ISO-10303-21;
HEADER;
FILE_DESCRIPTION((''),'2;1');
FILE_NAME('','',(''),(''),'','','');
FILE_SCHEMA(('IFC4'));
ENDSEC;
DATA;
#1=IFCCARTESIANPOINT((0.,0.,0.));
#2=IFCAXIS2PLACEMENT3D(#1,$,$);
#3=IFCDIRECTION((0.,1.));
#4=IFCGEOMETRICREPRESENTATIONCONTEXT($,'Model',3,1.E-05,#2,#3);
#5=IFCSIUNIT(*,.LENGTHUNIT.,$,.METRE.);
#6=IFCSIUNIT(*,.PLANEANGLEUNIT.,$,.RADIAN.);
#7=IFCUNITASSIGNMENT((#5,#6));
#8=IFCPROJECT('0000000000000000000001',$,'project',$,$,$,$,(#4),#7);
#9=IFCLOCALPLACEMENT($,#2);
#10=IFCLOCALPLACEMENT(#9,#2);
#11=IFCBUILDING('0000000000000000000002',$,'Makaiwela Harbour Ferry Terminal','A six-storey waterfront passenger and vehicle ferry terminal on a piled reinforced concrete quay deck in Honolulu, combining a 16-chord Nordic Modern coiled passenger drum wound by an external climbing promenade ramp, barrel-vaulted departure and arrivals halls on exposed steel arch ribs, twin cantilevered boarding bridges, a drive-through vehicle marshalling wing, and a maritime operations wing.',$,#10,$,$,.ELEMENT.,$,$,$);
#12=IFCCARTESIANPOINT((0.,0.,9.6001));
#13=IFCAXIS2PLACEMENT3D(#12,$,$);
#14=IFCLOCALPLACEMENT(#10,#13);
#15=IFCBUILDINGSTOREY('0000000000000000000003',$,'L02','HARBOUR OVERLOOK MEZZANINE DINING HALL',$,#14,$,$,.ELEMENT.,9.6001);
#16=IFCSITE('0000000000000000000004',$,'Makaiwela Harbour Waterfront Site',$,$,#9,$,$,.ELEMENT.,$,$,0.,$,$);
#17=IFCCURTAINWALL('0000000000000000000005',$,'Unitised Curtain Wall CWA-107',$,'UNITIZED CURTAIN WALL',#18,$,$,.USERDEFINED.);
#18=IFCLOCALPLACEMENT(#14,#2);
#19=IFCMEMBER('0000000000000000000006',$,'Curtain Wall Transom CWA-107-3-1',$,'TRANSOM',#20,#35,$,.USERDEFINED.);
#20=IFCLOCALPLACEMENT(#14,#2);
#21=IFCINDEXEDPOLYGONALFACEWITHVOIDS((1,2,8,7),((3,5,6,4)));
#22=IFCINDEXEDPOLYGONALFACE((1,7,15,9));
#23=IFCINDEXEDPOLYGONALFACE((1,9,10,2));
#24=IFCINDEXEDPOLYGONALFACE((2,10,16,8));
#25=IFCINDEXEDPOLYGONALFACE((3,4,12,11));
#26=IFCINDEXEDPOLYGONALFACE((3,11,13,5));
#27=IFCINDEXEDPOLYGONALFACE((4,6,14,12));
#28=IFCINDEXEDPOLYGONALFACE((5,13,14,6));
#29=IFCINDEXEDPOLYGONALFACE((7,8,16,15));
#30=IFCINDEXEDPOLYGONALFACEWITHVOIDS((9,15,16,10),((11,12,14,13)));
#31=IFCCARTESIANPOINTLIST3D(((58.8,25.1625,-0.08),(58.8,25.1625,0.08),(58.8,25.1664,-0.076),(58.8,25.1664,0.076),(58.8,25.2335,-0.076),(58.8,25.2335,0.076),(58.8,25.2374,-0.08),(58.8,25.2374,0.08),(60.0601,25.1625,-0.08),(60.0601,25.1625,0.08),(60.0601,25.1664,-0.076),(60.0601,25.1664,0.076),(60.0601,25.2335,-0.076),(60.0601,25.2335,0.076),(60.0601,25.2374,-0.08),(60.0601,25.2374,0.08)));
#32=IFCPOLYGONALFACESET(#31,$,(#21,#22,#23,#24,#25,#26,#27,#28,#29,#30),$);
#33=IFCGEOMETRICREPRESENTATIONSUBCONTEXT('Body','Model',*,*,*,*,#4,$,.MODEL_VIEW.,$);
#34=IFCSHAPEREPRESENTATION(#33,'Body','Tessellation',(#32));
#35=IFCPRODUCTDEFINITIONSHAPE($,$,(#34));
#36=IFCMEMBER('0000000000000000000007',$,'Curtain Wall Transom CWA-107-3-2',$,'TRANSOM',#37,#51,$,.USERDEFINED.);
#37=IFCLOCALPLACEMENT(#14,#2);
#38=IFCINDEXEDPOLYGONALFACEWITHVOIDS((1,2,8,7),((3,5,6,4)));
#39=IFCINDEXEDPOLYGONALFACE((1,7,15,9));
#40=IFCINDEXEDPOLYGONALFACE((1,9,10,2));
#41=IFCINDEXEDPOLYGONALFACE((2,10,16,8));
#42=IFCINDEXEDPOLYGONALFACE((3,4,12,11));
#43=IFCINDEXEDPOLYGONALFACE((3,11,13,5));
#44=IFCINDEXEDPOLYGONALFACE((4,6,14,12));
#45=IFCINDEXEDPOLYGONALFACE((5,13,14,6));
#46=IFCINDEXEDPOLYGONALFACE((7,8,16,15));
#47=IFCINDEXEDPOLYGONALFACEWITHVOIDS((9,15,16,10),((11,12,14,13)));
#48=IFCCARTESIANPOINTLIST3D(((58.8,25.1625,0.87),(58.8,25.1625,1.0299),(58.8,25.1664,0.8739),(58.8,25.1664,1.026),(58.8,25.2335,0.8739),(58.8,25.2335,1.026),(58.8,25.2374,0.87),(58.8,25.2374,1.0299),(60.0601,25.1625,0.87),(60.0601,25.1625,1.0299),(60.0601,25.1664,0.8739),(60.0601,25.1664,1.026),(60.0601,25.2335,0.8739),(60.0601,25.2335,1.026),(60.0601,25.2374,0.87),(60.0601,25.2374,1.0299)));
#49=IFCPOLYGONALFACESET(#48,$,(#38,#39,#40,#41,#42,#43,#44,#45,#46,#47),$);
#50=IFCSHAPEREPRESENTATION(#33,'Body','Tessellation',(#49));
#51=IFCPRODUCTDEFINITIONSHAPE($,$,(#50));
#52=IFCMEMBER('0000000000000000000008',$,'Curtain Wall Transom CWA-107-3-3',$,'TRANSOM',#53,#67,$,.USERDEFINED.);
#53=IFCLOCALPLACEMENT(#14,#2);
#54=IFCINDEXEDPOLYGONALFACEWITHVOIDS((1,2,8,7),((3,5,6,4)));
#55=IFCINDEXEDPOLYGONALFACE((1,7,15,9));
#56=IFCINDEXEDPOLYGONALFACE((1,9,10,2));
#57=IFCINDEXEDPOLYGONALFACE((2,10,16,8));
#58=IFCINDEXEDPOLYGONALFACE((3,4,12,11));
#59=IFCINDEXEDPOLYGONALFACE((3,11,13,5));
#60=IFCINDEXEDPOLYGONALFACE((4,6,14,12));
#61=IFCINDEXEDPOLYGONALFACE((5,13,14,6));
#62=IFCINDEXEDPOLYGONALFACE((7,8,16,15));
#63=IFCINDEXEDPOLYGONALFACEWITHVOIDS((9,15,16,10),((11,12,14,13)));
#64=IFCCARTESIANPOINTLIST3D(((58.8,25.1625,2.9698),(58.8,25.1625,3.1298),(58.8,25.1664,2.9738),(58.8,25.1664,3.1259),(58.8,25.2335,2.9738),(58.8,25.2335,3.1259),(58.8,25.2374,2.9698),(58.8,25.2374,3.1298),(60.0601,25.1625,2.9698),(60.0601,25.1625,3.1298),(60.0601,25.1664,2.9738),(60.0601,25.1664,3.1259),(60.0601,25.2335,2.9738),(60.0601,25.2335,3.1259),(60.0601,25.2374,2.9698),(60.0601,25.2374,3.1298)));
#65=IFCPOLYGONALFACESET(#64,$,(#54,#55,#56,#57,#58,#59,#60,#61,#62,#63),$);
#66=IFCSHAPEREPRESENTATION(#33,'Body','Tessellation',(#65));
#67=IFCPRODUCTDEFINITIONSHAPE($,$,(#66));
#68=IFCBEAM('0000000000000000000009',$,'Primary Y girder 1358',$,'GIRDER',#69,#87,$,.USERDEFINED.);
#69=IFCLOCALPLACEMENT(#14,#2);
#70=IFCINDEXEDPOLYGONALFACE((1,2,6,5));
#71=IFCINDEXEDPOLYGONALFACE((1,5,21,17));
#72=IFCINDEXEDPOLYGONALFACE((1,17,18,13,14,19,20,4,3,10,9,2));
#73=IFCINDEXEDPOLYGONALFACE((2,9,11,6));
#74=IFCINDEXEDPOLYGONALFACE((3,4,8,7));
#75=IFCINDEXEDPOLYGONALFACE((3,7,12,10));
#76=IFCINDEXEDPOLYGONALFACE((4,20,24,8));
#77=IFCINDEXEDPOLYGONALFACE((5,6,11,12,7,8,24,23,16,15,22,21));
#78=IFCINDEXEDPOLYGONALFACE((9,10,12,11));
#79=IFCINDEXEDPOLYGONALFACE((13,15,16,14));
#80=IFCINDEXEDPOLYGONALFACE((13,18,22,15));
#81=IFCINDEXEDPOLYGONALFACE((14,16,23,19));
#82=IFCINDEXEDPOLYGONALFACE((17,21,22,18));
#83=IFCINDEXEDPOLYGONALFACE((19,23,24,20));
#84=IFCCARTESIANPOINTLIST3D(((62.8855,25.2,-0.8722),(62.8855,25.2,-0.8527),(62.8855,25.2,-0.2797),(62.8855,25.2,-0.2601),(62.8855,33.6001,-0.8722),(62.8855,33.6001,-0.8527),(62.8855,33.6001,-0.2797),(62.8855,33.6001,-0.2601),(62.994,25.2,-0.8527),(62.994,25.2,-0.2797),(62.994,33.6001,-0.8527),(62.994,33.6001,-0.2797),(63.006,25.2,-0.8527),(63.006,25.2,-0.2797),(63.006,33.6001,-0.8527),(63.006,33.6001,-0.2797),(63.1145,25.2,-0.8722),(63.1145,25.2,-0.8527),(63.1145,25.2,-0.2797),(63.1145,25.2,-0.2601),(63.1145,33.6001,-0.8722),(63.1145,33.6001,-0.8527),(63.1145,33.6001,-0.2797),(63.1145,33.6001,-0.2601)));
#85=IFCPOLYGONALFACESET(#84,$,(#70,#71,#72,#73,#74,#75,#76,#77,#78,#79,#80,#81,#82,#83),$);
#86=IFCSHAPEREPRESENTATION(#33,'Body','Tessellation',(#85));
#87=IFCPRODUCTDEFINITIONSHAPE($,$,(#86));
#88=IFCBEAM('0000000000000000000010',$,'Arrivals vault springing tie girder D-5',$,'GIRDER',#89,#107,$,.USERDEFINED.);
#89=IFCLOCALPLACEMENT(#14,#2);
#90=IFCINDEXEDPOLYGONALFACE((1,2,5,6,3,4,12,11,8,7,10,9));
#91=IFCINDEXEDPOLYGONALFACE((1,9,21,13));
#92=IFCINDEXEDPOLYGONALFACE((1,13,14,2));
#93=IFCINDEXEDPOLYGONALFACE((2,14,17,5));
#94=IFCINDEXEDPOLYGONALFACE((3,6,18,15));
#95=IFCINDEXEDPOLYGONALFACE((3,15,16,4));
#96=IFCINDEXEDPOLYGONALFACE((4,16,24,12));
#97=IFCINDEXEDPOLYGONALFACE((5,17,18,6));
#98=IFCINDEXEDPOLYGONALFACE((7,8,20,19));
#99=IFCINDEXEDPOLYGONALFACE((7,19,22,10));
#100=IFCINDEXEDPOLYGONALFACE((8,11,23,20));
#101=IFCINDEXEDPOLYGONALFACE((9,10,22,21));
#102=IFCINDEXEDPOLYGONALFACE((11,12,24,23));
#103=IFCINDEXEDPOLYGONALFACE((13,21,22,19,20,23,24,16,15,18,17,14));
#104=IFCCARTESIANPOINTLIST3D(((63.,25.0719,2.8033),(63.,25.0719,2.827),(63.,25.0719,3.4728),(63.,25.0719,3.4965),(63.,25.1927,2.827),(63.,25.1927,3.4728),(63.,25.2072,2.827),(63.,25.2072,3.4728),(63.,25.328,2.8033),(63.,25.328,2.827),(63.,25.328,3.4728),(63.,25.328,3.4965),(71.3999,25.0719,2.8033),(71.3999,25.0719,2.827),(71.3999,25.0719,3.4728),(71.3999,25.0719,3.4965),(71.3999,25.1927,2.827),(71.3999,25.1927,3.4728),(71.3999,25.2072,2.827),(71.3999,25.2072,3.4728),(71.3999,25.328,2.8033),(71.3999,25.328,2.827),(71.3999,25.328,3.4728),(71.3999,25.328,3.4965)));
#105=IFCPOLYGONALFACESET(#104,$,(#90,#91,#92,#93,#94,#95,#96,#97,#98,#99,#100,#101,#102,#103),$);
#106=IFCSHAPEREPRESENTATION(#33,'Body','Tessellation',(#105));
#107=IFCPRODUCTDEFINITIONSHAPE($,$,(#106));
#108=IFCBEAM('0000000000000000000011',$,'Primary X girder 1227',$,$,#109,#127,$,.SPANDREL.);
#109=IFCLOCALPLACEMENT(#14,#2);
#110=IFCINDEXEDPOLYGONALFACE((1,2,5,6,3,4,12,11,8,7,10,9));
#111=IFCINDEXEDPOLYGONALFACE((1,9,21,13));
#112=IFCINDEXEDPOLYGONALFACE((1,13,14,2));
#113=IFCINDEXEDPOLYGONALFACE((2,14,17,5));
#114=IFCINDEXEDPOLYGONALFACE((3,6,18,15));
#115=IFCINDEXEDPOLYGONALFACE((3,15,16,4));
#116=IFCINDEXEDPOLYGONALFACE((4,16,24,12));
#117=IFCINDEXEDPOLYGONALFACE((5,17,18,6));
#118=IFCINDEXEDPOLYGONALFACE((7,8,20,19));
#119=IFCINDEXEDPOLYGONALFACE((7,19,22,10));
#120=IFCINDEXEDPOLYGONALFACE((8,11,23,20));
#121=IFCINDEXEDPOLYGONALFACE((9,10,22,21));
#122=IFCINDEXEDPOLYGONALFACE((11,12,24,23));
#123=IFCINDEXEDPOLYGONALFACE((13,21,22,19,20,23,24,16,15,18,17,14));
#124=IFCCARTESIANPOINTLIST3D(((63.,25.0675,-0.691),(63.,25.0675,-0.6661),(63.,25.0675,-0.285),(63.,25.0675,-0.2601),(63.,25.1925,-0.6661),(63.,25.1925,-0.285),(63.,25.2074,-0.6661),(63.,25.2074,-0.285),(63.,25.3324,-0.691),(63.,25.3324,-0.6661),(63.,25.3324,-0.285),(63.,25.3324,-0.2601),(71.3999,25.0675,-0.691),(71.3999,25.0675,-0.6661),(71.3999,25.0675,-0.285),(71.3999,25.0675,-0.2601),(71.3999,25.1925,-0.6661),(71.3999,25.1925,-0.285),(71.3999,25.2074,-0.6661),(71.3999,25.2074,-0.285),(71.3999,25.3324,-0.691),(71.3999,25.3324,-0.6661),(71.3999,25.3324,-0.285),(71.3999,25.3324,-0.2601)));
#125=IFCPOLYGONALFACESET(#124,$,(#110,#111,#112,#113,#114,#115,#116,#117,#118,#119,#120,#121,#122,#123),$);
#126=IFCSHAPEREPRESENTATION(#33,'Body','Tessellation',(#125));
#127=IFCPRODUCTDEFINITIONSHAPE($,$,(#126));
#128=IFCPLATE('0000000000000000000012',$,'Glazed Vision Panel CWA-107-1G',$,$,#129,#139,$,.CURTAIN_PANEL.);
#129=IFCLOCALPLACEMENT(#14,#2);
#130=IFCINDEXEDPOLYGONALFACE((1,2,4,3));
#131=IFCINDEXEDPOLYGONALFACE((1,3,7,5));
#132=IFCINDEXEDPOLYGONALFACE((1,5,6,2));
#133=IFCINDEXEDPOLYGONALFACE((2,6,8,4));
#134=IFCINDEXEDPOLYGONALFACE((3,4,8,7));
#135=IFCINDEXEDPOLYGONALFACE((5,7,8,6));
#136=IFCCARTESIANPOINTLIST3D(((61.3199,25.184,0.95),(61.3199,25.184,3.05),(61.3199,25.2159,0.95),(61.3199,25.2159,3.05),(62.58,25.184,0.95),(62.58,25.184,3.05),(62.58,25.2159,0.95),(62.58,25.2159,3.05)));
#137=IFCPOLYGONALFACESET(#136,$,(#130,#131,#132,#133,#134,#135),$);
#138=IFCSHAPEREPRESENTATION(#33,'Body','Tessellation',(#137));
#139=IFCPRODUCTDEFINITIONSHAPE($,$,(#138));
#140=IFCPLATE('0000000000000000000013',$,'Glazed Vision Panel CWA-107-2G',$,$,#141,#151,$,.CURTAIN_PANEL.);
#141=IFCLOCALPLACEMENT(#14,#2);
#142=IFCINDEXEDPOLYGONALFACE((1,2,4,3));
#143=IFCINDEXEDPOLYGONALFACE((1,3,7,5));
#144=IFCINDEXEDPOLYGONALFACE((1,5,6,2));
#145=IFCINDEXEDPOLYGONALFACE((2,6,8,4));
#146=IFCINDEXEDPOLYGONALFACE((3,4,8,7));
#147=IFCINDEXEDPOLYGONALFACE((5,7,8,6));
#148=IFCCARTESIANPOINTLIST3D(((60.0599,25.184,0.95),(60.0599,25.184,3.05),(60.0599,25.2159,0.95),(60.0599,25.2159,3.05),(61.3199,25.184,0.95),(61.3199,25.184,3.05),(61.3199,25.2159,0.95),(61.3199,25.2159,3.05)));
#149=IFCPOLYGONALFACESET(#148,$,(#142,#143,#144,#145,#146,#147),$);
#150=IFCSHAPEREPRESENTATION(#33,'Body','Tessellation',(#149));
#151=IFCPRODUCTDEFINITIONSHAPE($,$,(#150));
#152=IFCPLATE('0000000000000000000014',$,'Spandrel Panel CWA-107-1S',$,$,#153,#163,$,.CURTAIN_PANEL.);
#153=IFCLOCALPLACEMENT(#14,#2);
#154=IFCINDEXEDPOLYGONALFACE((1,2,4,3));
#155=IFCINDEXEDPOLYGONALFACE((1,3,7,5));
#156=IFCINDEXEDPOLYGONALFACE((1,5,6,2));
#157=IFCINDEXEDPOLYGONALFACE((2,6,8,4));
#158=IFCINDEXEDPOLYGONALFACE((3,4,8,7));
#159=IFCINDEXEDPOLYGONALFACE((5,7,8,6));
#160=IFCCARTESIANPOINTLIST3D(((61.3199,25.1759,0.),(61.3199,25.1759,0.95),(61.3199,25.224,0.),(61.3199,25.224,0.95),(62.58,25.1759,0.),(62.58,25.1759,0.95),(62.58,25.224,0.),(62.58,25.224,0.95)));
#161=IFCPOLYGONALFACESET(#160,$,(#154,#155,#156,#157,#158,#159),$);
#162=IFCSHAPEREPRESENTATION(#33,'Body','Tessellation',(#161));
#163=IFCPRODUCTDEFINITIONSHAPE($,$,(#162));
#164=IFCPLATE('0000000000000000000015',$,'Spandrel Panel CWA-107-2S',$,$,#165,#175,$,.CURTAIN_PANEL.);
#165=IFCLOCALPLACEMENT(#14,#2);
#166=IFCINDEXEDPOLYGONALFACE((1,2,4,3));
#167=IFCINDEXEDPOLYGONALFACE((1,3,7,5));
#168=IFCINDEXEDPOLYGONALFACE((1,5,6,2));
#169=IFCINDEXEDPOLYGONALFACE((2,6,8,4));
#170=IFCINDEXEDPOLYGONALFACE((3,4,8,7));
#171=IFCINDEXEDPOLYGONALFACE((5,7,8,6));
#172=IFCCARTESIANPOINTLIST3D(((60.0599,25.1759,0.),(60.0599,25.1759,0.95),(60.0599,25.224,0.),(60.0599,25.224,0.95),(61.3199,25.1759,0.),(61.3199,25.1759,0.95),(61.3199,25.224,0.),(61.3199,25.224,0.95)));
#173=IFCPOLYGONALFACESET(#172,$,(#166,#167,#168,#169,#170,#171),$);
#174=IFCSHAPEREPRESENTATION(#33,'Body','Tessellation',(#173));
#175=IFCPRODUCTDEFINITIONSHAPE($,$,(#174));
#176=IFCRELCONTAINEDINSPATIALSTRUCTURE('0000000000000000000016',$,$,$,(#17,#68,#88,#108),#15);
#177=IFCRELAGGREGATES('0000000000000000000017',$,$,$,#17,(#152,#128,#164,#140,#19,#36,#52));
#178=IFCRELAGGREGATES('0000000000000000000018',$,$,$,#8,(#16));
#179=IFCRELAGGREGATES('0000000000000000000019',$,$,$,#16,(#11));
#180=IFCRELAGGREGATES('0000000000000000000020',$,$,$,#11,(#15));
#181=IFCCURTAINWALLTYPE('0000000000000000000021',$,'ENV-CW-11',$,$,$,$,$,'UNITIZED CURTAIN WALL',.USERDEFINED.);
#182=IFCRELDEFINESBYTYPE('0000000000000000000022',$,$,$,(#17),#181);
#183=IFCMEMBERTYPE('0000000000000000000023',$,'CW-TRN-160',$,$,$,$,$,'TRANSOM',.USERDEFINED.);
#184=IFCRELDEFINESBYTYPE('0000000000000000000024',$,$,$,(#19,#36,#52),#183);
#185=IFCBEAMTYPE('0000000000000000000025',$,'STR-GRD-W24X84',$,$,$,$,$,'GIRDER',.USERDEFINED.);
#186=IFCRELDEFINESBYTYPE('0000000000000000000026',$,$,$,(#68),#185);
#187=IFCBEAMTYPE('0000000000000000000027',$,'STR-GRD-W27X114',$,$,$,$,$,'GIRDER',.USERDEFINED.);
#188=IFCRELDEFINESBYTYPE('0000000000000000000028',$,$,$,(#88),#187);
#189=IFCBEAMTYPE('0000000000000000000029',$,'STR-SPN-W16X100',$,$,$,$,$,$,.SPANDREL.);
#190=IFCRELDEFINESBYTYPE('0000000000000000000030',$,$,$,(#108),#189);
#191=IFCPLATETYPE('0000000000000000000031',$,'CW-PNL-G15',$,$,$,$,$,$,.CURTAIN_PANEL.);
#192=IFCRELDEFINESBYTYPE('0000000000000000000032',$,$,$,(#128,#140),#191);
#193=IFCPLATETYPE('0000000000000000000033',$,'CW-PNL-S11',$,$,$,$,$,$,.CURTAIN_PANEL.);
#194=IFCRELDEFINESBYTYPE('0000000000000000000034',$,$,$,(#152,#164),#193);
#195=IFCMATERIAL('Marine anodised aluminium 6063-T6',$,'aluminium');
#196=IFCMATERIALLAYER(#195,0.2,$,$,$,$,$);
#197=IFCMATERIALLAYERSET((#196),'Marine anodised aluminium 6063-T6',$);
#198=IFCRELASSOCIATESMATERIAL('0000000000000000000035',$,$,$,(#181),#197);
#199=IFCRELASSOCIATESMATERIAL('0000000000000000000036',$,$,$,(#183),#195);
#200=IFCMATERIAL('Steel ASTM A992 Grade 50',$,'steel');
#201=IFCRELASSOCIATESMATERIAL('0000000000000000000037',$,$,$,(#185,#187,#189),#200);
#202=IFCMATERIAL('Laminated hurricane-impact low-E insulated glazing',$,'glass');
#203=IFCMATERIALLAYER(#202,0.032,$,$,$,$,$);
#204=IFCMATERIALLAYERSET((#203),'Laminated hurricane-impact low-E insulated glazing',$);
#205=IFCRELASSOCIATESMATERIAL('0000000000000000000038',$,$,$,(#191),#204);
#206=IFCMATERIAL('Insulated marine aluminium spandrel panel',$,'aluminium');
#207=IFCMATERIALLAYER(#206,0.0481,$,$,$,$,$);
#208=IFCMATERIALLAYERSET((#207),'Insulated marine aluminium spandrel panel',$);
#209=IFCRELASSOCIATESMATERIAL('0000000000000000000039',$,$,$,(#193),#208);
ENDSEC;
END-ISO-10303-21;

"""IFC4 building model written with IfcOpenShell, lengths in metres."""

from ifc_helpers import new_model, si_unit, direction, frame, origin, origin_2d, place, context, subcontext, project, spatial, rectangle, hollow_rectangle, i_section, extrude, material, layer, layer_set, material_profile, profile_set, type_object, element, aggregate, save


model = new_model("IFC4")

# Units and contexts
model_context = context("Model", 3, precision=1e-05, world=origin(), true_north=direction((0.0, 1.0)))
body_context = subcontext(model_context, "Body", "Model", "MODEL_VIEW")
ifc_project = project(units=[si_unit("LENGTHUNIT", "METRE"), si_unit("PLANEANGLEUNIT", "RADIAN")], contexts=[model_context])

# Site, building, storey
site_placement = place(None, origin())
site = spatial("IfcSite", under=ifc_project, at=site_placement, Name="Makaiwela Harbour Waterfront Site", CompositionType="ELEMENT", RefElevation=0.0)
building_placement = place(site_placement, origin())
building = spatial("IfcBuilding", under=site, at=building_placement, Name="Makaiwela Harbour Ferry Terminal", Description="A six-storey waterfront passenger and vehicle ferry terminal on a piled reinforced concrete quay deck in Honolulu, combining a 16-chord Nordic Modern coiled passenger drum wound by an external climbing promenade ramp, barrel-vaulted departure and arrivals halls on exposed steel arch ribs, twin cantilevered boarding bridges, a drive-through vehicle marshalling wing, and a maritime operations wing.", CompositionType="ELEMENT")
storey_placement = place(building_placement, frame((0.0, 0.0, 9.6001)))
storey = spatial("IfcBuildingStorey", under=building, at=storey_placement, Name="L02", Description="HARBOUR OVERLOOK MEZZANINE DINING HALL", CompositionType="ELEMENT", Elevation=9.6001)

# Shared definitions
ifc_material_1 = material(Name="Steel ASTM A992 Grade 50", Category="steel")

# Curtain wall, members
ifc_material_2 = material(Name="Marine anodised aluminium 6063-T6", Category="aluminium")
ifc_layer_1 = layer(ifc_material_2, 0.2)
ifc_layer_set_1 = layer_set([ifc_layer_1], Name="Marine anodised aluminium 6063-T6")
curtain_wall_type = type_object("IfcCurtainWallType", Name="ENV-CW-11", ElementType="UNITIZED CURTAIN WALL", PredefinedType="USERDEFINED", material=ifc_layer_set_1)
curtain_wall_placement = place(storey_placement, origin())
curtain_wall = element("IfcCurtainWall", 1, at=curtain_wall_placement, inside=storey, type_object=curtain_wall_type, Name="Unitised Curtain Wall CWA-107", ObjectType="UNITIZED CURTAIN WALL", PredefinedType="USERDEFINED")
ifc_material_profile_1 = material_profile(ifc_material_2, hollow_rectangle(XDim=0.075, YDim=0.1599, WallThickness=0.0039, at=origin_2d()), Name="CWT-160X75")
ifc_profile_set_1 = profile_set([ifc_material_profile_1], Name="Marine anodised aluminium 6063-T6")
member_type_1 = type_object("IfcMemberType", Name="CW-TRN-160", ElementType="TRANSOM", PredefinedType="USERDEFINED", material=ifc_profile_set_1)
member_1_placement = place(storey_placement, frame((60.0601, 25.2, 0.0), z_axis=(-1.0, 0.0, 0.0), x_axis=(0.0, -1.0, 0.0)))
member_1 = element("IfcMember", 2, at=member_1_placement, type_object=member_type_1, Name="Curtain Wall Transom CWA-107-3-1", ObjectType="TRANSOM", PredefinedType="USERDEFINED", context=body_context, shape_type="SweptSolid", body=[
    extrude(hollow_rectangle(XDim=0.075, YDim=0.1599, WallThickness=0.0039, at=origin_2d()), origin(), (0.0, 0.0, 1.0), 1.26),
])
member_2_placement = place(storey_placement, frame((60.0601, 25.2, 0.95), z_axis=(-1.0, 0.0, 0.0), x_axis=(0.0, -1.0, 0.0)))
member_2 = element("IfcMember", 3, at=member_2_placement, type_object=member_type_1, Name="Curtain Wall Transom CWA-107-3-2", ObjectType="TRANSOM", PredefinedType="USERDEFINED", context=body_context, shape_type="SweptSolid", body=[
    extrude(hollow_rectangle(XDim=0.075, YDim=0.1599, WallThickness=0.0039, at=origin_2d()), origin(), (0.0, 0.0, 1.0), 1.26),
])
member_3_placement = place(storey_placement, frame((60.0601, 25.2, 3.0498), z_axis=(-1.0, 0.0, 0.0), x_axis=(0.0, -1.0, 0.0)))
member_3 = element("IfcMember", 4, at=member_3_placement, type_object=member_type_1, Name="Curtain Wall Transom CWA-107-3-3", ObjectType="TRANSOM", PredefinedType="USERDEFINED", context=body_context, shape_type="SweptSolid", body=[
    extrude(hollow_rectangle(XDim=0.075, YDim=0.1599, WallThickness=0.0039, at=origin_2d()), origin(), (0.0, 0.0, 1.0), 1.26),
])

# Beams
ifc_material_profile_2 = material_profile(ifc_material_1, i_section(OverallWidth=0.229, OverallDepth=0.6121, WebThickness=0.012, FlangeThickness=0.0195, at=origin_2d()), Name="W24X84")
ifc_profile_set_2 = profile_set([ifc_material_profile_2], Name="Steel ASTM A992 Grade 50")
beam_type_1 = type_object("IfcBeamType", Name="STR-GRD-W24X84", ElementType="GIRDER", PredefinedType="USERDEFINED", material=ifc_profile_set_2)
beam_1_placement = place(storey_placement, frame((63.0, 25.2, -0.5662), z_axis=(0.0, 1.0, 0.0), x_axis=(-1.0, 0.0, 0.0)))
element("IfcBeam", 5, at=beam_1_placement, inside=storey, type_object=beam_type_1, Name="Primary Y girder 1358", ObjectType="GIRDER", PredefinedType="USERDEFINED", context=body_context, shape_type="SweptSolid", body=[
    extrude(i_section(OverallWidth=0.229, OverallDepth=0.6121, WebThickness=0.012, FlangeThickness=0.0195, at=origin_2d()), origin(), (0.0, 0.0, 1.0), 8.4001),
])
ifc_material_profile_3 = material_profile(ifc_material_1, i_section(OverallWidth=0.2561, OverallDepth=0.6931, WebThickness=0.0144, FlangeThickness=0.0237, at=origin_2d()), Name="W27X114")
ifc_profile_set_3 = profile_set([ifc_material_profile_3], Name="Steel ASTM A992 Grade 50")
beam_type_2 = type_object("IfcBeamType", Name="STR-GRD-W27X114", ElementType="GIRDER", PredefinedType="USERDEFINED", material=ifc_profile_set_3)
beam_2_placement = place(storey_placement, frame((63.0, 25.2, 3.1499), z_axis=(1.0, 0.0, 0.0), x_axis=(0.0, 1.0, 0.0)))
element("IfcBeam", 6, at=beam_2_placement, inside=storey, type_object=beam_type_2, Name="Arrivals vault springing tie girder D-5", ObjectType="GIRDER", PredefinedType="USERDEFINED", context=body_context, shape_type="SweptSolid", body=[
    extrude(i_section(OverallWidth=0.2561, OverallDepth=0.6931, WebThickness=0.0144, FlangeThickness=0.0237, at=origin_2d()), origin(), (0.0, 0.0, 1.0), 8.3999),
])
ifc_material_profile_4 = material_profile(ifc_material_1, i_section(OverallWidth=0.2649, OverallDepth=0.4309, WebThickness=0.0149, FlangeThickness=0.0249, at=origin_2d()), Name="W16X100")
ifc_profile_set_4 = profile_set([ifc_material_profile_4], Name="Steel ASTM A992 Grade 50")
beam_type_3 = type_object("IfcBeamType", Name="STR-SPN-W16X100", PredefinedType="SPANDREL", material=ifc_profile_set_4)
beam_3_placement = place(storey_placement, frame((63.0, 25.2, -0.4756), z_axis=(1.0, 0.0, 0.0), x_axis=(0.0, 1.0, 0.0)))
element("IfcBeam", 7, at=beam_3_placement, inside=storey, type_object=beam_type_3, Name="Primary X girder 1227", PredefinedType="SPANDREL", context=body_context, shape_type="SweptSolid", body=[
    extrude(i_section(OverallWidth=0.2649, OverallDepth=0.4309, WebThickness=0.0149, FlangeThickness=0.0249, at=origin_2d()), origin(), (0.0, 0.0, 1.0), 8.3999),
])

# Plates
ifc_material_3 = material(Name="Laminated hurricane-impact low-E insulated glazing", Category="glass")
ifc_layer_2 = layer(ifc_material_3, 0.032)
ifc_layer_set_2 = layer_set([ifc_layer_2], Name="Laminated hurricane-impact low-E insulated glazing")
plate_type_1 = type_object("IfcPlateType", Name="CW-PNL-G15", PredefinedType="CURTAIN_PANEL", material=ifc_layer_set_2)
plate_1_placement = place(storey_placement, frame((61.95, 25.2, 0.95), z_axis=(0.0, 0.0, 1.0), x_axis=(-1.0, 0.0, 0.0)))
plate_1 = element("IfcPlate", 8, at=plate_1_placement, type_object=plate_type_1, Name="Glazed Vision Panel CWA-107-1G", PredefinedType="CURTAIN_PANEL", context=body_context, shape_type="SweptSolid", body=[
    extrude(rectangle(XDim=1.26, YDim=0.032, at=origin_2d()), origin(), (0.0, 0.0, 1.0), 2.1001),
])
plate_2_placement = place(storey_placement, frame((60.6899, 25.2, 0.95), z_axis=(0.0, 0.0, 1.0), x_axis=(-1.0, 0.0, 0.0)))
plate_2 = element("IfcPlate", 9, at=plate_2_placement, type_object=plate_type_1, Name="Glazed Vision Panel CWA-107-2G", PredefinedType="CURTAIN_PANEL", context=body_context, shape_type="SweptSolid", body=[
    extrude(rectangle(XDim=1.26, YDim=0.032, at=origin_2d()), origin(), (0.0, 0.0, 1.0), 2.1001),
])
ifc_material_4 = material(Name="Insulated marine aluminium spandrel panel", Category="aluminium")
ifc_layer_3 = layer(ifc_material_4, 0.0481)
ifc_layer_set_3 = layer_set([ifc_layer_3], Name="Insulated marine aluminium spandrel panel")
plate_type_2 = type_object("IfcPlateType", Name="CW-PNL-S11", PredefinedType="CURTAIN_PANEL", material=ifc_layer_set_3)
plate_3_placement = place(storey_placement, frame((61.95, 25.2, 0.0), z_axis=(0.0, 0.0, 1.0), x_axis=(-1.0, 0.0, 0.0)))
plate_3 = element("IfcPlate", 10, at=plate_3_placement, type_object=plate_type_2, Name="Spandrel Panel CWA-107-1S", PredefinedType="CURTAIN_PANEL", context=body_context, shape_type="SweptSolid", body=[
    extrude(rectangle(XDim=1.26, YDim=0.0481, at=origin_2d()), origin(), (0.0, 0.0, 1.0), 0.95),
])
plate_4_placement = place(storey_placement, frame((60.6899, 25.2, 0.0), z_axis=(0.0, 0.0, 1.0), x_axis=(-1.0, 0.0, 0.0)))
plate_4 = element("IfcPlate", 11, at=plate_4_placement, type_object=plate_type_2, Name="Spandrel Panel CWA-107-2S", PredefinedType="CURTAIN_PANEL", context=body_context, shape_type="SweptSolid", body=[
    extrude(rectangle(XDim=1.26, YDim=0.0481, at=origin_2d()), origin(), (0.0, 0.0, 1.0), 0.95),
])
aggregate(curtain_wall, [plate_3, plate_1, plate_4, plate_2, member_1, member_2, member_3])

save(model, "model.ifc")
